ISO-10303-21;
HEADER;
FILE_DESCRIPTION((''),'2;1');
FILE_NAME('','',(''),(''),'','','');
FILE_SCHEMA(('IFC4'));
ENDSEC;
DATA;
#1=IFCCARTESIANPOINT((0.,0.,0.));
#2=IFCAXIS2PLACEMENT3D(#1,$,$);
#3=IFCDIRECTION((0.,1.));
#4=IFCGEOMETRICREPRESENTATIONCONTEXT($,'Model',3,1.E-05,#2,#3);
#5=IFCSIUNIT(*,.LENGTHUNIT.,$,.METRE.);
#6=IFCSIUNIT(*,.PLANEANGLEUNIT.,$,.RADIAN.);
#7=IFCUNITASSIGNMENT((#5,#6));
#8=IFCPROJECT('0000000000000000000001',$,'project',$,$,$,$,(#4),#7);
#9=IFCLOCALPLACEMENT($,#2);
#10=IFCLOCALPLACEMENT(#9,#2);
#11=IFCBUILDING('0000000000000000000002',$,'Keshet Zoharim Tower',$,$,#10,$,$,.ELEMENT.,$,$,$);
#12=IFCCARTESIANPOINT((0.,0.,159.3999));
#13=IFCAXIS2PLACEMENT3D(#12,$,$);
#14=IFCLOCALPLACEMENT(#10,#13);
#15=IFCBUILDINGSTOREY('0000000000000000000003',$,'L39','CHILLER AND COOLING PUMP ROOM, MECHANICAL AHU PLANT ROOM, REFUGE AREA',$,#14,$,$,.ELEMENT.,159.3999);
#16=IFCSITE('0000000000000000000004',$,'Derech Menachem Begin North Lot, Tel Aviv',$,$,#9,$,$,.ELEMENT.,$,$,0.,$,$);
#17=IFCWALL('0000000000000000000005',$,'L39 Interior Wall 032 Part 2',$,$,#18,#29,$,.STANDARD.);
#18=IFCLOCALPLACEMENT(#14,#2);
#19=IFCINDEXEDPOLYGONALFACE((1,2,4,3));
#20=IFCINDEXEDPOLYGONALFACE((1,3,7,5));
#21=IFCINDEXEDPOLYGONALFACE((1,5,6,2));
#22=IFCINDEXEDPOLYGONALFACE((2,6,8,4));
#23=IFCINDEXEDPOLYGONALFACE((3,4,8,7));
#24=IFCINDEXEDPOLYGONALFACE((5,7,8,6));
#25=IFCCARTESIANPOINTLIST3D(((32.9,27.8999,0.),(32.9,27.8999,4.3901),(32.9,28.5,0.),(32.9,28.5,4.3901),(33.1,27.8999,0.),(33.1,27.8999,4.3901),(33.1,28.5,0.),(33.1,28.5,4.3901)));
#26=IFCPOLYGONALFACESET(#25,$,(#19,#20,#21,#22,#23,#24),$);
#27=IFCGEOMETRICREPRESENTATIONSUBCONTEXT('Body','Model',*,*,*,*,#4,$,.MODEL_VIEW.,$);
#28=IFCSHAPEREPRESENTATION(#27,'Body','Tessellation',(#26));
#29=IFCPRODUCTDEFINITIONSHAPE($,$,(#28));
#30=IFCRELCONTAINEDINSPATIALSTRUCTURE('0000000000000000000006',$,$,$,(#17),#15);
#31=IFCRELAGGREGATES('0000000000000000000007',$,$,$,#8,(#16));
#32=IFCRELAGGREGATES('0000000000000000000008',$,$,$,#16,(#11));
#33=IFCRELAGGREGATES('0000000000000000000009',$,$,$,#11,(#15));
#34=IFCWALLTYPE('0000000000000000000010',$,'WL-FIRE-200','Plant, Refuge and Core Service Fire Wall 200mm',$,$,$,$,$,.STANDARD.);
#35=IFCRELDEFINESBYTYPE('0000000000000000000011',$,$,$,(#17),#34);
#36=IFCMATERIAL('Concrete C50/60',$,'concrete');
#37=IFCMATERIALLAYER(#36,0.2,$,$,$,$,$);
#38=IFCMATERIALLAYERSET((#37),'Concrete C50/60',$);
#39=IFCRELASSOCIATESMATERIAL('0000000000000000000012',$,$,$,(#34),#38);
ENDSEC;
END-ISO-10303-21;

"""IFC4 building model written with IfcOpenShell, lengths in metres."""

from ifc_helpers import new_model, si_unit, direction, frame, frame_2d, origin, place, context, subcontext, project, spatial, rectangle, extrude, material, layer, layer_set, type_object, element, save


model = new_model("IFC4")

# Units and contexts
model_context = context("Model", 3, precision=1e-05, world=origin(), true_north=direction((0.0, 1.0)))
body_context = subcontext(model_context, "Body", "Model", "MODEL_VIEW")
ifc_project = project(units=[si_unit("LENGTHUNIT", "METRE"), si_unit("PLANEANGLEUNIT", "RADIAN")], contexts=[model_context])

# Site, building, storey
site_placement = place(None, origin())
site = spatial("IfcSite", under=ifc_project, at=site_placement, Name="Derech Menachem Begin North Lot, Tel Aviv", CompositionType="ELEMENT", RefElevation=0.0)
building_placement = place(site_placement, origin())
building = spatial("IfcBuilding", under=site, at=building_placement, Name="Keshet Zoharim Tower", CompositionType="ELEMENT")
storey_placement = place(building_placement, frame((0.0, 0.0, 159.3999)))
storey = spatial("IfcBuildingStorey", under=building, at=storey_placement, Name="L39", Description="CHILLER AND COOLING PUMP ROOM, MECHANICAL AHU PLANT ROOM, REFUGE AREA", CompositionType="ELEMENT", Elevation=159.3999)

# Shared definitions
ifc_material_1 = material(Name="Concrete C50/60", Category="concrete")
ifc_layer_1 = layer(ifc_material_1, 0.2)
ifc_layer_set_1 = layer_set([ifc_layer_1], Name="Concrete C50/60")
wall_type_1 = type_object("IfcWallType", Name="WL-FIRE-200", Description="Plant, Refuge and Core Service Fire Wall 200mm", PredefinedType="STANDARD", material=ifc_layer_set_1)

# Wall
wall_1_placement = place(storey_placement, frame((33.0, 27.8999, 0.0), z_axis=(0.0, 0.0, 1.0), x_axis=(0.0, 1.0, 0.0)))
element("IfcWall", 1, at=wall_1_placement, inside=storey, type_object=wall_type_1, Name="L39 Interior Wall 032 Part 2", PredefinedType="STANDARD", context=body_context, shape_type="SweptSolid", body=[
    extrude(rectangle(XDim=0.6001, YDim=0.2, at=frame_2d((0.3, 0.0))), origin(), (0.0, 0.0, 1.0), 4.3901),
])

save(model, "model.ifc")
